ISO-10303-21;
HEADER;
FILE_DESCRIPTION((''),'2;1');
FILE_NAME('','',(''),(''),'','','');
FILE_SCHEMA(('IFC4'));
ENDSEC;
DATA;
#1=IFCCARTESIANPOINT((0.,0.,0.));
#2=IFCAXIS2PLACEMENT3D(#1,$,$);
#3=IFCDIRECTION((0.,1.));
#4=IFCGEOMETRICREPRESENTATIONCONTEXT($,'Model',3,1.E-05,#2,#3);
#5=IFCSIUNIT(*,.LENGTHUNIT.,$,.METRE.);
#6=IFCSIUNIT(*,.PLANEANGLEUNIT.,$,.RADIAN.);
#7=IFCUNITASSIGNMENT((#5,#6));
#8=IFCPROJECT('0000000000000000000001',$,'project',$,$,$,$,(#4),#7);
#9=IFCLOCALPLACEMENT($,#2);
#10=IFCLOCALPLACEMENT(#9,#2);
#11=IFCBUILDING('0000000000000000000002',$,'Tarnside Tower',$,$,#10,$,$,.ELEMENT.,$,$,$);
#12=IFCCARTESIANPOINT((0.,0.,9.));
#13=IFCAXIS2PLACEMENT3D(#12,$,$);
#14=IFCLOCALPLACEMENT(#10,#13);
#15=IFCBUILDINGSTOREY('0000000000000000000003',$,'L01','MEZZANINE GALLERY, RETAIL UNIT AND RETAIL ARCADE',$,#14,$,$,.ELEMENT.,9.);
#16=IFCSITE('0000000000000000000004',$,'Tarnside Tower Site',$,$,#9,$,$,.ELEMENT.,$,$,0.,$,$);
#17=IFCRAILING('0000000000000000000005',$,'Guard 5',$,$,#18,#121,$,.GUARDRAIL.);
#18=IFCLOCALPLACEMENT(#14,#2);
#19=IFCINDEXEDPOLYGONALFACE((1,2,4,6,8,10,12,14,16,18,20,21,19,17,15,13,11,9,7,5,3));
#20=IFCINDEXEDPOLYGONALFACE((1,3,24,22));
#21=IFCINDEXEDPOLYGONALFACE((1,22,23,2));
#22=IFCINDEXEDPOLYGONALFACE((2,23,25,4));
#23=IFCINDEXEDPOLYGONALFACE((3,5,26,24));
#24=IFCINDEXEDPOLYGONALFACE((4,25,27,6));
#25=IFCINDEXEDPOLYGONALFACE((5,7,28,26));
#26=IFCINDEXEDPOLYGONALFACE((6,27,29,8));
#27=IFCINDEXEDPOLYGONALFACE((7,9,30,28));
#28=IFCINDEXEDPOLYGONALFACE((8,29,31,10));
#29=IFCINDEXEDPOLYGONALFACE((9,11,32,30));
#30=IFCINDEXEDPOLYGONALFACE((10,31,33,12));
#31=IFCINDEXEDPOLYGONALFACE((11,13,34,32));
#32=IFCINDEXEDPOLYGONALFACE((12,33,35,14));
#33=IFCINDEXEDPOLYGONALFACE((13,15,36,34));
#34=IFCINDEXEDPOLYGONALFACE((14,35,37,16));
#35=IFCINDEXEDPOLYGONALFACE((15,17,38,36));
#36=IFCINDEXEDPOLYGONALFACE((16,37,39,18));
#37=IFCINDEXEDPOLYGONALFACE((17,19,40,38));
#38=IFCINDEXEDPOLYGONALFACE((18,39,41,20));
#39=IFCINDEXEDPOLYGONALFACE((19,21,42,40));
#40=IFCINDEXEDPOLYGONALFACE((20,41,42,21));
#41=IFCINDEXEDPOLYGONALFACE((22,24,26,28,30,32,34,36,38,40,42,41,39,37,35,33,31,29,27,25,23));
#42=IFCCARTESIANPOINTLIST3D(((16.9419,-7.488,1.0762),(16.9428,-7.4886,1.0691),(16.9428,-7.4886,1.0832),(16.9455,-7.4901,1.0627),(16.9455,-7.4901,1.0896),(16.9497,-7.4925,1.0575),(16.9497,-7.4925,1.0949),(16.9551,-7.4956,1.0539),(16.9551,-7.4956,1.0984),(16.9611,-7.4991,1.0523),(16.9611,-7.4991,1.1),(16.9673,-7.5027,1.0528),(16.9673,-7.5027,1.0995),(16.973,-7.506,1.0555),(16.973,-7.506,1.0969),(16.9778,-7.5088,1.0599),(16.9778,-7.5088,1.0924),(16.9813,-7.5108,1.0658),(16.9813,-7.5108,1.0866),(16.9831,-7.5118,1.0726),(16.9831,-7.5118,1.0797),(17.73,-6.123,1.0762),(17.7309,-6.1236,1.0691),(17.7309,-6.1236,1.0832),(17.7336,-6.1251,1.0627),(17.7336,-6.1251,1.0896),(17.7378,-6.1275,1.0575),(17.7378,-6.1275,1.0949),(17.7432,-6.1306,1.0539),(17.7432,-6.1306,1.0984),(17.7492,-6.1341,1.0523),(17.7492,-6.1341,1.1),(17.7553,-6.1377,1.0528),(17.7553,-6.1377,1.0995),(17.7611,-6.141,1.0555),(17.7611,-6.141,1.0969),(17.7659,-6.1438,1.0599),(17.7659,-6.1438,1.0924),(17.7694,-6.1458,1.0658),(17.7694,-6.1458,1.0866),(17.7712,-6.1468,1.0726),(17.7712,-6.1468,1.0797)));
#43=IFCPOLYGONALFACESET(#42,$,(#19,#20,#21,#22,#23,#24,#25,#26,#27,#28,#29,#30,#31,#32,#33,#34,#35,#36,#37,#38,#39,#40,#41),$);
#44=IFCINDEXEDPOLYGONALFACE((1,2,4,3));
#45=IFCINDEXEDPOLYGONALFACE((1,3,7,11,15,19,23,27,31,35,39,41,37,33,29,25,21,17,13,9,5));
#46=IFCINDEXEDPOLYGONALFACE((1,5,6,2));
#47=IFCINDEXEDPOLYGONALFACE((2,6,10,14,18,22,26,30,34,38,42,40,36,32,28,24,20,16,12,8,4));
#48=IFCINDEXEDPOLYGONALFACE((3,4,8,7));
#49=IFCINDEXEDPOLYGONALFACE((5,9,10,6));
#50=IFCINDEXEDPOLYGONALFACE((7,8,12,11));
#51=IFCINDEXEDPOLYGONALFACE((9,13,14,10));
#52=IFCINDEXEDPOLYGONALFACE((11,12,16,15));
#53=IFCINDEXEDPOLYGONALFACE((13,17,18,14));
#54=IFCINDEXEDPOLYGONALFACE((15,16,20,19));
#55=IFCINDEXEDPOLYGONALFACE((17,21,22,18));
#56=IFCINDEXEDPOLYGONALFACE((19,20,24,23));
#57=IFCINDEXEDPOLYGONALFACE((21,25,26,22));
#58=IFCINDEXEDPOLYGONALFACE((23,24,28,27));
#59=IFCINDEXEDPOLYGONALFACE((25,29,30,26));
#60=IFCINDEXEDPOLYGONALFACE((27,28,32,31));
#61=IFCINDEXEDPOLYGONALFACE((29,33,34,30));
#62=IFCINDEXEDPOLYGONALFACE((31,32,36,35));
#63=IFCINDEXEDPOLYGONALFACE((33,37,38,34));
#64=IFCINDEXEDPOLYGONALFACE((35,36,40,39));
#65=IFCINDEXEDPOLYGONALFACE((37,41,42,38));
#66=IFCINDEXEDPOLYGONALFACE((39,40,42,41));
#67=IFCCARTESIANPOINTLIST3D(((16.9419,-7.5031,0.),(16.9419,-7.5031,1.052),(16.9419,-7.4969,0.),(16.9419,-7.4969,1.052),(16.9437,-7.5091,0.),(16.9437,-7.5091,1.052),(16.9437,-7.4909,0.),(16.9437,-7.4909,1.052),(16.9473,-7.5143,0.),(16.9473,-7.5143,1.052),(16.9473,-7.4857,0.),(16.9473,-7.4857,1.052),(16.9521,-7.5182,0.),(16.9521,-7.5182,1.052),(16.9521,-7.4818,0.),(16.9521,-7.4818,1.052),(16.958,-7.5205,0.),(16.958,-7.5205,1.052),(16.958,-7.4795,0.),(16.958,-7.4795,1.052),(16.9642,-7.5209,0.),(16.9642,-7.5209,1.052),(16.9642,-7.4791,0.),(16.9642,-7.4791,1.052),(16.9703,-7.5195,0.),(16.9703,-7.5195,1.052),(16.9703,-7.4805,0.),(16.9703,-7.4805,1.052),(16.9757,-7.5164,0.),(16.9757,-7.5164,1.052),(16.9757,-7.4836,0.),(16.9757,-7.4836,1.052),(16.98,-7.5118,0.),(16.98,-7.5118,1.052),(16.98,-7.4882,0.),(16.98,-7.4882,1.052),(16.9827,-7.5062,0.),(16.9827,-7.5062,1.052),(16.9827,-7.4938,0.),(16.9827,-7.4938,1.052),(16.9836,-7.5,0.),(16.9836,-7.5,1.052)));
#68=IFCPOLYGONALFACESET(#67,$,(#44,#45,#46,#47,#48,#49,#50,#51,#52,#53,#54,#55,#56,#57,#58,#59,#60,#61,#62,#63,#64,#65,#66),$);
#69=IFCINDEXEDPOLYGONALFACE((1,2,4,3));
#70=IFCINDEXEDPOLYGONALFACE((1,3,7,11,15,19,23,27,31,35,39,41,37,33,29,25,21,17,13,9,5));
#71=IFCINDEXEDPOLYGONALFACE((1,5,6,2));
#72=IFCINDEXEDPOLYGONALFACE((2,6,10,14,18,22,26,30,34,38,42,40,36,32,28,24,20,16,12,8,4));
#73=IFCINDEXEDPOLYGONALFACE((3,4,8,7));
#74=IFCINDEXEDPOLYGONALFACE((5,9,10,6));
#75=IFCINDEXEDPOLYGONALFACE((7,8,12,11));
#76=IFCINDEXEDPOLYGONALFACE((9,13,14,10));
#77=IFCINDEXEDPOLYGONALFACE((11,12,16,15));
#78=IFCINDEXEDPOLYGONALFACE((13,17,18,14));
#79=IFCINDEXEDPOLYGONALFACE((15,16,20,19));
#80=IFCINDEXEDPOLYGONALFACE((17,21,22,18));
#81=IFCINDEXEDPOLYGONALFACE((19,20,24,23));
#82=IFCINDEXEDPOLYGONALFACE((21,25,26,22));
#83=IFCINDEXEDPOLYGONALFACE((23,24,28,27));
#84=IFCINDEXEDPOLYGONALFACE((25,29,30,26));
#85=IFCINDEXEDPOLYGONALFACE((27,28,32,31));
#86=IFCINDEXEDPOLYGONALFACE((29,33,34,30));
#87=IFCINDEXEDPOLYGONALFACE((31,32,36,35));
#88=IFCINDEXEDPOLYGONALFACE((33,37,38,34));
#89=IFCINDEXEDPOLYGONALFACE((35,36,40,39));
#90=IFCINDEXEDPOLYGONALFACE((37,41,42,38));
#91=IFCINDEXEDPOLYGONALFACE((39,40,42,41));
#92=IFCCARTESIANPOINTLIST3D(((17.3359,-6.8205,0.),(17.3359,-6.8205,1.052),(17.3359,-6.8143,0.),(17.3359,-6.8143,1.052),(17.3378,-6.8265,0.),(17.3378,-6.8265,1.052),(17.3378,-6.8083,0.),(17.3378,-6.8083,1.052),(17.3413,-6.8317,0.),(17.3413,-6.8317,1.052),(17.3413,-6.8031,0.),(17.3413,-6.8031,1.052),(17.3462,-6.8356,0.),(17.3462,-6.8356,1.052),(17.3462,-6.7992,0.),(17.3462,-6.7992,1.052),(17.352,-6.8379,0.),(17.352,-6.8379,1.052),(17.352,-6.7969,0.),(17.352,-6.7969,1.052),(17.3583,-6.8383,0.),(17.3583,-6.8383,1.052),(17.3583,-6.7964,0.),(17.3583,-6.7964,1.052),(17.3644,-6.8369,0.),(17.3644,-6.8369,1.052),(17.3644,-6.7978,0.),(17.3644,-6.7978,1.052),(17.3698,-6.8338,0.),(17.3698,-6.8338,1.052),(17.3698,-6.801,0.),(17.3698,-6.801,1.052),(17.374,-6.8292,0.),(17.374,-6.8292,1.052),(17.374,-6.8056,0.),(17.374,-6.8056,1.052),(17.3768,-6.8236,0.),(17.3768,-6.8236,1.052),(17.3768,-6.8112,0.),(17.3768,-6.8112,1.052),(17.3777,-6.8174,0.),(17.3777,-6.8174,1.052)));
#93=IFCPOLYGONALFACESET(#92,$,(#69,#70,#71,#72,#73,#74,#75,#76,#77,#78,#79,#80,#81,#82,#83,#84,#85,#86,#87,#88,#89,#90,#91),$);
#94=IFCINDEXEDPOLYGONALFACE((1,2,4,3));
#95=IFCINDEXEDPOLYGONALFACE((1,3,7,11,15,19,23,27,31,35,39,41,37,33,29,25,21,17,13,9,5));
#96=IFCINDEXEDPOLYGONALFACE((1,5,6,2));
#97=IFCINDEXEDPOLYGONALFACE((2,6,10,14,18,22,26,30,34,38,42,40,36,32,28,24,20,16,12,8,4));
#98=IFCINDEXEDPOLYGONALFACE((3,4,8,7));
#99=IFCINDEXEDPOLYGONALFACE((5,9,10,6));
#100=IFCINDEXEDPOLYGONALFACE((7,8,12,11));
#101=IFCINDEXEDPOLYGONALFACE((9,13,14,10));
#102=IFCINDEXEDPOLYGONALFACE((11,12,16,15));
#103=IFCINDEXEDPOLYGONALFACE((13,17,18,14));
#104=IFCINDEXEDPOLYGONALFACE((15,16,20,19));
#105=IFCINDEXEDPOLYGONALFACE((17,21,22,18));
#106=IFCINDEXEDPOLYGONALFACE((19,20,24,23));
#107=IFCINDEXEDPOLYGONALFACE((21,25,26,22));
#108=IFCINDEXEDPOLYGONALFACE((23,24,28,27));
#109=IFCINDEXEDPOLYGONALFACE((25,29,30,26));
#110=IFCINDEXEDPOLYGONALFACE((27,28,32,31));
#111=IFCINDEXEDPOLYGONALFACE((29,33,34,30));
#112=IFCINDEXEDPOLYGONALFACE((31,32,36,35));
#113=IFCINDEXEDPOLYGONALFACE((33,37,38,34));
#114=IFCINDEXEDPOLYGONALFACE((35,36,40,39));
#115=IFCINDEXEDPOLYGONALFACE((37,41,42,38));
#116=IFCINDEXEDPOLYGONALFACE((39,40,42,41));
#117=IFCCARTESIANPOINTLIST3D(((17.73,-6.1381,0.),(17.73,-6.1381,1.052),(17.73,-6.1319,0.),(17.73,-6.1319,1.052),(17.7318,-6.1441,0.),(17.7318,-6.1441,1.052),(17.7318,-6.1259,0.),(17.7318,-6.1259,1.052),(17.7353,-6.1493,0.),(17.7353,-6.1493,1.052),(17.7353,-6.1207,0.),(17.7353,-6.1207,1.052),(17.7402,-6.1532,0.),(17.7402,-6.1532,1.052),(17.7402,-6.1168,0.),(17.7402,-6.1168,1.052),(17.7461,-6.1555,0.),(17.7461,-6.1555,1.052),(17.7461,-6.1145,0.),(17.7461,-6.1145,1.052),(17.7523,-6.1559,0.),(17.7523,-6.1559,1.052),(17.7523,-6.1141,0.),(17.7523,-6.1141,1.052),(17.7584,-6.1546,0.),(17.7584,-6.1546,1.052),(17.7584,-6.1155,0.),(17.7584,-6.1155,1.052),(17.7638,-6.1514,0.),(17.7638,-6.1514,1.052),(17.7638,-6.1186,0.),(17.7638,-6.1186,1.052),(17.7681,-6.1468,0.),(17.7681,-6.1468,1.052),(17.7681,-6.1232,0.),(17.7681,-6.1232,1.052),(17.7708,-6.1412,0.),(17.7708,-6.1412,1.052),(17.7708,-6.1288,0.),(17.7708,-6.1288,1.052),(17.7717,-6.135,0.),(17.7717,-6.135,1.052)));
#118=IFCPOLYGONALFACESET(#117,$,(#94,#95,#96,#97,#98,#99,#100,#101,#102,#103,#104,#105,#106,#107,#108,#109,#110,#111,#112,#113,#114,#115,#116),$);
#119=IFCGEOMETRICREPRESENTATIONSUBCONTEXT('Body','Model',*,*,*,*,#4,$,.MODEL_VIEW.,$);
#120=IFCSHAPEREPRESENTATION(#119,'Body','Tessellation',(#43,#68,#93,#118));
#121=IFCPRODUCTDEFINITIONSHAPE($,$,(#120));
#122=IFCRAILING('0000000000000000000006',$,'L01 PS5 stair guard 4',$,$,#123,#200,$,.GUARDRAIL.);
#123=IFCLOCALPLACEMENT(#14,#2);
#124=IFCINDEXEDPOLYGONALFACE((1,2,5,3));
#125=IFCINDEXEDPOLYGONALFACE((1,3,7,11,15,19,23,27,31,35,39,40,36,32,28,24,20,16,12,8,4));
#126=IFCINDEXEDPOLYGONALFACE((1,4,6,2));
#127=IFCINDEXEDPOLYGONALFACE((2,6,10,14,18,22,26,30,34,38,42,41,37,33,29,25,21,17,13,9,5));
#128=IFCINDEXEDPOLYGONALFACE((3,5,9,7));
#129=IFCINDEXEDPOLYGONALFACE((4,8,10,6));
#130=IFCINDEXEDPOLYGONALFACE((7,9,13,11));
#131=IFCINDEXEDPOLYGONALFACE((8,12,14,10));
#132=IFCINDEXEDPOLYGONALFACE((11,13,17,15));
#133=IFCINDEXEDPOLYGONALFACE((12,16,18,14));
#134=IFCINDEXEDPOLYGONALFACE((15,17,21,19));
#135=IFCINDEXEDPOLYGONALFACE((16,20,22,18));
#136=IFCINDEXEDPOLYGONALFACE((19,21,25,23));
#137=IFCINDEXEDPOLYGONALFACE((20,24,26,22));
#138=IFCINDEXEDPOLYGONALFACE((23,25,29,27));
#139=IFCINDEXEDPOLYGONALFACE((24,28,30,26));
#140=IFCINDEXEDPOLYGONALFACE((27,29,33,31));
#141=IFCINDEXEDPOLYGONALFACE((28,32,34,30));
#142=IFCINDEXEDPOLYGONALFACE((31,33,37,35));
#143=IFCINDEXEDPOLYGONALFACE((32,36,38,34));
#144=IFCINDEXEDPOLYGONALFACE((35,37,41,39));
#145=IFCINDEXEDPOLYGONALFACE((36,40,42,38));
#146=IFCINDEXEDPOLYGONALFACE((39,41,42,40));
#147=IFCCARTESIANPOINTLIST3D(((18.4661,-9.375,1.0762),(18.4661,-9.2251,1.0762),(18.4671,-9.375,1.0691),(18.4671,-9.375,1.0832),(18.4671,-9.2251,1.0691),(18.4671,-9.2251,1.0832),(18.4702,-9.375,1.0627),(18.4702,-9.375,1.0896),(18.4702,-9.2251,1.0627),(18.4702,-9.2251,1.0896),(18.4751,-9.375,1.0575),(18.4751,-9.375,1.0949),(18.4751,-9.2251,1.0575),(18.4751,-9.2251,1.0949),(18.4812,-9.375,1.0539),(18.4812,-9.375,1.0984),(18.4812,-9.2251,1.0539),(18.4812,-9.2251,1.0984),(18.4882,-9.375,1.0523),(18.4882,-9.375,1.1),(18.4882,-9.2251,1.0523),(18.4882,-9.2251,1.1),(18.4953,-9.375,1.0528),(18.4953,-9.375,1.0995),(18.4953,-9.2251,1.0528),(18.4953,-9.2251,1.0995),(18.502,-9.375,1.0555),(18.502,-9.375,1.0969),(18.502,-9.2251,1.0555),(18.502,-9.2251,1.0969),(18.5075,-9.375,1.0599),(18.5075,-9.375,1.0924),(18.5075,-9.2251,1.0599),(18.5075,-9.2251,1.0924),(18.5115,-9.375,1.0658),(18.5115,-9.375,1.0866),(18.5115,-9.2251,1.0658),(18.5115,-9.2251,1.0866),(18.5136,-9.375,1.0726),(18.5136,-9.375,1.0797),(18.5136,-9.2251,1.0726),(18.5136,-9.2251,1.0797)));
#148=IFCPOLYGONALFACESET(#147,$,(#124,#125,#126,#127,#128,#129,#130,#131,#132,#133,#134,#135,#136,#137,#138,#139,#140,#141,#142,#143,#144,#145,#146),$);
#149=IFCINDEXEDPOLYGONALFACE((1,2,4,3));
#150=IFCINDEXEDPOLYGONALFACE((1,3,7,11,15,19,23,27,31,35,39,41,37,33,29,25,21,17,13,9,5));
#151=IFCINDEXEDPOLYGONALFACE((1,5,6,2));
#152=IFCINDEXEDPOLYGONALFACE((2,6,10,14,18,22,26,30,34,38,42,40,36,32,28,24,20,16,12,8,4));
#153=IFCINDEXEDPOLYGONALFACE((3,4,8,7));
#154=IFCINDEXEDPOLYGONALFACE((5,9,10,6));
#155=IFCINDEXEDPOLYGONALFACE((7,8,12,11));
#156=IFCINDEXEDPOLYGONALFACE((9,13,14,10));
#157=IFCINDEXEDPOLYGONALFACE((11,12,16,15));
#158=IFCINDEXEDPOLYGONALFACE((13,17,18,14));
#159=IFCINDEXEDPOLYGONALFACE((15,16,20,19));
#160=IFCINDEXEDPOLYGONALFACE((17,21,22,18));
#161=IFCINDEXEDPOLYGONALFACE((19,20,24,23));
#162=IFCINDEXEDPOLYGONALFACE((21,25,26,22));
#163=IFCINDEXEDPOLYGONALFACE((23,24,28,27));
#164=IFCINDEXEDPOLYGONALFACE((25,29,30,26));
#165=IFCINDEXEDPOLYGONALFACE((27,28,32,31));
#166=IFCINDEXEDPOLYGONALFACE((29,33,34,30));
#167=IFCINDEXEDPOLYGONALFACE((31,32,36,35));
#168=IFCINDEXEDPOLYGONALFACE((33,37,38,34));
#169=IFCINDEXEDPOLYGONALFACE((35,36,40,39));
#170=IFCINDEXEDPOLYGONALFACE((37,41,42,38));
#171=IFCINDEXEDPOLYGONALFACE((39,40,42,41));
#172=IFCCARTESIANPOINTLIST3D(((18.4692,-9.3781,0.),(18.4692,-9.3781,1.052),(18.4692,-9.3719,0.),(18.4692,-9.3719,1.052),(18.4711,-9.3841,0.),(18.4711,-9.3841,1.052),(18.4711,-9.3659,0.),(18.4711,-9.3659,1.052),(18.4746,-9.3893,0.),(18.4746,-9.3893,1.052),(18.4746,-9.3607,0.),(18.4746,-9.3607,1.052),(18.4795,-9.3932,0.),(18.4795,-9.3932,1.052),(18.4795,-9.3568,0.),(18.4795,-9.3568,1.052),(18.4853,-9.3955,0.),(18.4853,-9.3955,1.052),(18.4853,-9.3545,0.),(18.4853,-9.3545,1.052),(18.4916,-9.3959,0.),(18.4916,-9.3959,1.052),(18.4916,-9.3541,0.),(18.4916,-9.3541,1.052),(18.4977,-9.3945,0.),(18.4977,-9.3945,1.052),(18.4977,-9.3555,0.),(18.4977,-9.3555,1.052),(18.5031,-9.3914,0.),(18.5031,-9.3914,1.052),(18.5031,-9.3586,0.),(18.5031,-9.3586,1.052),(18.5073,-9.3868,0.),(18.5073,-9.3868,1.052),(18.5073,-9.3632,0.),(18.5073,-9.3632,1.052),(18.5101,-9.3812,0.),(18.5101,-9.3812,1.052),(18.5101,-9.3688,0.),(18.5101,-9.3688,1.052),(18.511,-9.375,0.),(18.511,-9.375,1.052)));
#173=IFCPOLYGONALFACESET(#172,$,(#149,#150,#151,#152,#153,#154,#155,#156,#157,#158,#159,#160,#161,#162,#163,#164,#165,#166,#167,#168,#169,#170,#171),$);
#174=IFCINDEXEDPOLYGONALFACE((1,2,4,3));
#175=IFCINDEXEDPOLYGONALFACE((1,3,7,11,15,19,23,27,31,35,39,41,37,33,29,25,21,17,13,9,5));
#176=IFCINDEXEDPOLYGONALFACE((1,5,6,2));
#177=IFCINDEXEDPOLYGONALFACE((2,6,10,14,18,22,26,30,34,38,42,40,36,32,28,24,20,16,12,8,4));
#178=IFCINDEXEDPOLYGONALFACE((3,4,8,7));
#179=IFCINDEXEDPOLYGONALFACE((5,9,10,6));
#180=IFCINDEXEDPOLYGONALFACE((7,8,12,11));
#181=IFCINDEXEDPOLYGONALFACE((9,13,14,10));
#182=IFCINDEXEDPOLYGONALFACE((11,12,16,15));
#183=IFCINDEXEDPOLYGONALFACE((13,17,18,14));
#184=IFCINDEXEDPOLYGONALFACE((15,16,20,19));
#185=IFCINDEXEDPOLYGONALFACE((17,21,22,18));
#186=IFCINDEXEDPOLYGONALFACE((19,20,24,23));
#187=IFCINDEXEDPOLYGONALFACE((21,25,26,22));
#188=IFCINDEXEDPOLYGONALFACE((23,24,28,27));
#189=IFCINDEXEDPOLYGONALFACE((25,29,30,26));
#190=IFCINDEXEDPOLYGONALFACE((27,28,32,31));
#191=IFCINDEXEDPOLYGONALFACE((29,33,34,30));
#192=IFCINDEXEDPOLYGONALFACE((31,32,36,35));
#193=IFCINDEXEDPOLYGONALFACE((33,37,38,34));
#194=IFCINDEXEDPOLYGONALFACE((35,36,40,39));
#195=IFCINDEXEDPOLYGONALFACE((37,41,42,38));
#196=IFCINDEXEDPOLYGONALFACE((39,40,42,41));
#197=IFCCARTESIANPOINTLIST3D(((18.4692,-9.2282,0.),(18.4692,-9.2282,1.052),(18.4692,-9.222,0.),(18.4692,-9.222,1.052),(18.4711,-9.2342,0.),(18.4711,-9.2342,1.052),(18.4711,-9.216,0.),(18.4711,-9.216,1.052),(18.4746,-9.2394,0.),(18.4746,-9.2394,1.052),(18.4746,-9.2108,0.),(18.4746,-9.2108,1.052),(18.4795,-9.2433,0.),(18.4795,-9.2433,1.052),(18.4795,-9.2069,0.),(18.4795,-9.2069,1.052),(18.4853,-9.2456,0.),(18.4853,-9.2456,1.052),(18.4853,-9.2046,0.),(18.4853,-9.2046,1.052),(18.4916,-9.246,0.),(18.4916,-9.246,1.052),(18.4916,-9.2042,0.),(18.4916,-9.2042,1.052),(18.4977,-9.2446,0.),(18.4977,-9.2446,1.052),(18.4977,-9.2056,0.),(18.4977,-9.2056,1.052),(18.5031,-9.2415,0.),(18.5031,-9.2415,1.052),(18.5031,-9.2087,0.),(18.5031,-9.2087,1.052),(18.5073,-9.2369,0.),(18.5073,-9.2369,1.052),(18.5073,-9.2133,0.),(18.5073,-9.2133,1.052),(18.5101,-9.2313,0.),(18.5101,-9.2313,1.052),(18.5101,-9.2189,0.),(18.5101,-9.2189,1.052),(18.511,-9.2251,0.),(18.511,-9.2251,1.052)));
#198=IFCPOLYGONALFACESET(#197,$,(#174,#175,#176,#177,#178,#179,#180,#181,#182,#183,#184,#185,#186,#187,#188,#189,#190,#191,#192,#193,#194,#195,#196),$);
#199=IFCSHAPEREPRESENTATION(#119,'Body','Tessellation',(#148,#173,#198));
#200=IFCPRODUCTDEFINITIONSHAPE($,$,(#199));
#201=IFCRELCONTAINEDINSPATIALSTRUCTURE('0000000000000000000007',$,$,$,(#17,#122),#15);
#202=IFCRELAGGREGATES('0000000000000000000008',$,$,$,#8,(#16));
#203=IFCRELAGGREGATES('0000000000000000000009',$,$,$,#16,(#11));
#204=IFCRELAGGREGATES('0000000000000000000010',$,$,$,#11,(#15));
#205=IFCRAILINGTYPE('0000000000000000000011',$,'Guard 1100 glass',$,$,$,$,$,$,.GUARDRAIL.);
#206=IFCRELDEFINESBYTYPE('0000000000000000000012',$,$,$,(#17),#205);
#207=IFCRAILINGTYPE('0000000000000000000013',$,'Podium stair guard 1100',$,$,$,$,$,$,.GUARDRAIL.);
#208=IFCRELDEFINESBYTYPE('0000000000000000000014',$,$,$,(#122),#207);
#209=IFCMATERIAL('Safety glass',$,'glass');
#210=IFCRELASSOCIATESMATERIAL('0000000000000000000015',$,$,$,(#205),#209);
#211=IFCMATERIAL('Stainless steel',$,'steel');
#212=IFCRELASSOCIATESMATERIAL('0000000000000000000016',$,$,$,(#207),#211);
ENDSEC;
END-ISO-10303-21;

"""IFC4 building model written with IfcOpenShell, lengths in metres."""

from ifc_helpers import new_model, si_unit, direction, frame, origin, origin_2d, place, context, subcontext, project, spatial, circle, extrude, material, type_object, element, save


model = new_model("IFC4")

# Units and contexts
model_context = context("Model", 3, precision=1e-05, world=origin(), true_north=direction((0.0, 1.0)))
body_context = subcontext(model_context, "Body", "Model", "MODEL_VIEW")
ifc_project = project(units=[si_unit("LENGTHUNIT", "METRE"), si_unit("PLANEANGLEUNIT", "RADIAN")], contexts=[model_context])

# Site, building, storey
site_placement = place(None, origin())
site = spatial("IfcSite", under=ifc_project, at=site_placement, Name="Tarnside Tower Site", CompositionType="ELEMENT", RefElevation=0.0)
building_placement = place(site_placement, origin())
building = spatial("IfcBuilding", under=site, at=building_placement, Name="Tarnside Tower", CompositionType="ELEMENT")
storey_placement = place(building_placement, frame((0.0, 0.0, 9.0)))
storey = spatial("IfcBuildingStorey", under=building, at=storey_placement, Name="L01", Description="MEZZANINE GALLERY, RETAIL UNIT AND RETAIL ARCADE", CompositionType="ELEMENT", Elevation=9.0)

# Railings
ifc_material_1 = material(Name="Safety glass", Category="glass")
railing_type_1 = type_object("IfcRailingType", Name="Guard 1100 glass", PredefinedType="GUARDRAIL", material=ifc_material_1)
railing_1_placement = place(storey_placement, frame((16.9626, -7.5, 0.0)))
element("IfcRailing", 1, at=railing_1_placement, inside=storey, type_object=railing_type_1, Name="Guard 5", PredefinedType="GUARDRAIL", context=body_context, shape_type="SweptSolid", body=[
    extrude(circle(Radius=0.0239, at=origin_2d()), frame((0.0, 0.0, 1.0762), z_axis=(0.500004, 0.866023, 0.0), x_axis=(-0.866023, 0.500004, 0.0)), (0.0, 0.0, 1.0), 1.5762),
    extrude(circle(Radius=0.021, at=origin_2d()), origin(), (0.0, 0.0, 1.0), 1.052),
    extrude(circle(Radius=0.021, at=origin_2d()), frame((0.394, 0.6826, 0.0)), (0.0, 0.0, 1.0), 1.052),
    extrude(circle(Radius=0.021, at=origin_2d()), frame((0.7881, 1.365, 0.0)), (0.0, 0.0, 1.0), 1.052),
])
ifc_material_2 = material(Name="Stainless steel", Category="steel")
railing_type_2 = type_object("IfcRailingType", Name="Podium stair guard 1100", PredefinedType="GUARDRAIL", material=ifc_material_2)
railing_2_placement = place(storey_placement, frame((18.49, -9.375, 0.0)))
element("IfcRailing", 2, at=railing_2_placement, inside=storey, type_object=railing_type_2, Name="L01 PS5 stair guard 4", PredefinedType="GUARDRAIL", context=body_context, shape_type="SweptSolid", body=[
    extrude(circle(Radius=0.0239, at=origin_2d()), frame((0.0, 0.0, 1.0762), z_axis=(0.0, 1.0, 0.0), x_axis=(-1.0, 0.0, 0.0)), (0.0, 0.0, 1.0), 0.1499),
    extrude(circle(Radius=0.021, at=origin_2d()), origin(), (0.0, 0.0, 1.0), 1.052),
    extrude(circle(Radius=0.021, at=origin_2d()), frame((0.0, 0.1499, 0.0)), (0.0, 0.0, 1.0), 1.052),
])

save(model, "model.ifc")
